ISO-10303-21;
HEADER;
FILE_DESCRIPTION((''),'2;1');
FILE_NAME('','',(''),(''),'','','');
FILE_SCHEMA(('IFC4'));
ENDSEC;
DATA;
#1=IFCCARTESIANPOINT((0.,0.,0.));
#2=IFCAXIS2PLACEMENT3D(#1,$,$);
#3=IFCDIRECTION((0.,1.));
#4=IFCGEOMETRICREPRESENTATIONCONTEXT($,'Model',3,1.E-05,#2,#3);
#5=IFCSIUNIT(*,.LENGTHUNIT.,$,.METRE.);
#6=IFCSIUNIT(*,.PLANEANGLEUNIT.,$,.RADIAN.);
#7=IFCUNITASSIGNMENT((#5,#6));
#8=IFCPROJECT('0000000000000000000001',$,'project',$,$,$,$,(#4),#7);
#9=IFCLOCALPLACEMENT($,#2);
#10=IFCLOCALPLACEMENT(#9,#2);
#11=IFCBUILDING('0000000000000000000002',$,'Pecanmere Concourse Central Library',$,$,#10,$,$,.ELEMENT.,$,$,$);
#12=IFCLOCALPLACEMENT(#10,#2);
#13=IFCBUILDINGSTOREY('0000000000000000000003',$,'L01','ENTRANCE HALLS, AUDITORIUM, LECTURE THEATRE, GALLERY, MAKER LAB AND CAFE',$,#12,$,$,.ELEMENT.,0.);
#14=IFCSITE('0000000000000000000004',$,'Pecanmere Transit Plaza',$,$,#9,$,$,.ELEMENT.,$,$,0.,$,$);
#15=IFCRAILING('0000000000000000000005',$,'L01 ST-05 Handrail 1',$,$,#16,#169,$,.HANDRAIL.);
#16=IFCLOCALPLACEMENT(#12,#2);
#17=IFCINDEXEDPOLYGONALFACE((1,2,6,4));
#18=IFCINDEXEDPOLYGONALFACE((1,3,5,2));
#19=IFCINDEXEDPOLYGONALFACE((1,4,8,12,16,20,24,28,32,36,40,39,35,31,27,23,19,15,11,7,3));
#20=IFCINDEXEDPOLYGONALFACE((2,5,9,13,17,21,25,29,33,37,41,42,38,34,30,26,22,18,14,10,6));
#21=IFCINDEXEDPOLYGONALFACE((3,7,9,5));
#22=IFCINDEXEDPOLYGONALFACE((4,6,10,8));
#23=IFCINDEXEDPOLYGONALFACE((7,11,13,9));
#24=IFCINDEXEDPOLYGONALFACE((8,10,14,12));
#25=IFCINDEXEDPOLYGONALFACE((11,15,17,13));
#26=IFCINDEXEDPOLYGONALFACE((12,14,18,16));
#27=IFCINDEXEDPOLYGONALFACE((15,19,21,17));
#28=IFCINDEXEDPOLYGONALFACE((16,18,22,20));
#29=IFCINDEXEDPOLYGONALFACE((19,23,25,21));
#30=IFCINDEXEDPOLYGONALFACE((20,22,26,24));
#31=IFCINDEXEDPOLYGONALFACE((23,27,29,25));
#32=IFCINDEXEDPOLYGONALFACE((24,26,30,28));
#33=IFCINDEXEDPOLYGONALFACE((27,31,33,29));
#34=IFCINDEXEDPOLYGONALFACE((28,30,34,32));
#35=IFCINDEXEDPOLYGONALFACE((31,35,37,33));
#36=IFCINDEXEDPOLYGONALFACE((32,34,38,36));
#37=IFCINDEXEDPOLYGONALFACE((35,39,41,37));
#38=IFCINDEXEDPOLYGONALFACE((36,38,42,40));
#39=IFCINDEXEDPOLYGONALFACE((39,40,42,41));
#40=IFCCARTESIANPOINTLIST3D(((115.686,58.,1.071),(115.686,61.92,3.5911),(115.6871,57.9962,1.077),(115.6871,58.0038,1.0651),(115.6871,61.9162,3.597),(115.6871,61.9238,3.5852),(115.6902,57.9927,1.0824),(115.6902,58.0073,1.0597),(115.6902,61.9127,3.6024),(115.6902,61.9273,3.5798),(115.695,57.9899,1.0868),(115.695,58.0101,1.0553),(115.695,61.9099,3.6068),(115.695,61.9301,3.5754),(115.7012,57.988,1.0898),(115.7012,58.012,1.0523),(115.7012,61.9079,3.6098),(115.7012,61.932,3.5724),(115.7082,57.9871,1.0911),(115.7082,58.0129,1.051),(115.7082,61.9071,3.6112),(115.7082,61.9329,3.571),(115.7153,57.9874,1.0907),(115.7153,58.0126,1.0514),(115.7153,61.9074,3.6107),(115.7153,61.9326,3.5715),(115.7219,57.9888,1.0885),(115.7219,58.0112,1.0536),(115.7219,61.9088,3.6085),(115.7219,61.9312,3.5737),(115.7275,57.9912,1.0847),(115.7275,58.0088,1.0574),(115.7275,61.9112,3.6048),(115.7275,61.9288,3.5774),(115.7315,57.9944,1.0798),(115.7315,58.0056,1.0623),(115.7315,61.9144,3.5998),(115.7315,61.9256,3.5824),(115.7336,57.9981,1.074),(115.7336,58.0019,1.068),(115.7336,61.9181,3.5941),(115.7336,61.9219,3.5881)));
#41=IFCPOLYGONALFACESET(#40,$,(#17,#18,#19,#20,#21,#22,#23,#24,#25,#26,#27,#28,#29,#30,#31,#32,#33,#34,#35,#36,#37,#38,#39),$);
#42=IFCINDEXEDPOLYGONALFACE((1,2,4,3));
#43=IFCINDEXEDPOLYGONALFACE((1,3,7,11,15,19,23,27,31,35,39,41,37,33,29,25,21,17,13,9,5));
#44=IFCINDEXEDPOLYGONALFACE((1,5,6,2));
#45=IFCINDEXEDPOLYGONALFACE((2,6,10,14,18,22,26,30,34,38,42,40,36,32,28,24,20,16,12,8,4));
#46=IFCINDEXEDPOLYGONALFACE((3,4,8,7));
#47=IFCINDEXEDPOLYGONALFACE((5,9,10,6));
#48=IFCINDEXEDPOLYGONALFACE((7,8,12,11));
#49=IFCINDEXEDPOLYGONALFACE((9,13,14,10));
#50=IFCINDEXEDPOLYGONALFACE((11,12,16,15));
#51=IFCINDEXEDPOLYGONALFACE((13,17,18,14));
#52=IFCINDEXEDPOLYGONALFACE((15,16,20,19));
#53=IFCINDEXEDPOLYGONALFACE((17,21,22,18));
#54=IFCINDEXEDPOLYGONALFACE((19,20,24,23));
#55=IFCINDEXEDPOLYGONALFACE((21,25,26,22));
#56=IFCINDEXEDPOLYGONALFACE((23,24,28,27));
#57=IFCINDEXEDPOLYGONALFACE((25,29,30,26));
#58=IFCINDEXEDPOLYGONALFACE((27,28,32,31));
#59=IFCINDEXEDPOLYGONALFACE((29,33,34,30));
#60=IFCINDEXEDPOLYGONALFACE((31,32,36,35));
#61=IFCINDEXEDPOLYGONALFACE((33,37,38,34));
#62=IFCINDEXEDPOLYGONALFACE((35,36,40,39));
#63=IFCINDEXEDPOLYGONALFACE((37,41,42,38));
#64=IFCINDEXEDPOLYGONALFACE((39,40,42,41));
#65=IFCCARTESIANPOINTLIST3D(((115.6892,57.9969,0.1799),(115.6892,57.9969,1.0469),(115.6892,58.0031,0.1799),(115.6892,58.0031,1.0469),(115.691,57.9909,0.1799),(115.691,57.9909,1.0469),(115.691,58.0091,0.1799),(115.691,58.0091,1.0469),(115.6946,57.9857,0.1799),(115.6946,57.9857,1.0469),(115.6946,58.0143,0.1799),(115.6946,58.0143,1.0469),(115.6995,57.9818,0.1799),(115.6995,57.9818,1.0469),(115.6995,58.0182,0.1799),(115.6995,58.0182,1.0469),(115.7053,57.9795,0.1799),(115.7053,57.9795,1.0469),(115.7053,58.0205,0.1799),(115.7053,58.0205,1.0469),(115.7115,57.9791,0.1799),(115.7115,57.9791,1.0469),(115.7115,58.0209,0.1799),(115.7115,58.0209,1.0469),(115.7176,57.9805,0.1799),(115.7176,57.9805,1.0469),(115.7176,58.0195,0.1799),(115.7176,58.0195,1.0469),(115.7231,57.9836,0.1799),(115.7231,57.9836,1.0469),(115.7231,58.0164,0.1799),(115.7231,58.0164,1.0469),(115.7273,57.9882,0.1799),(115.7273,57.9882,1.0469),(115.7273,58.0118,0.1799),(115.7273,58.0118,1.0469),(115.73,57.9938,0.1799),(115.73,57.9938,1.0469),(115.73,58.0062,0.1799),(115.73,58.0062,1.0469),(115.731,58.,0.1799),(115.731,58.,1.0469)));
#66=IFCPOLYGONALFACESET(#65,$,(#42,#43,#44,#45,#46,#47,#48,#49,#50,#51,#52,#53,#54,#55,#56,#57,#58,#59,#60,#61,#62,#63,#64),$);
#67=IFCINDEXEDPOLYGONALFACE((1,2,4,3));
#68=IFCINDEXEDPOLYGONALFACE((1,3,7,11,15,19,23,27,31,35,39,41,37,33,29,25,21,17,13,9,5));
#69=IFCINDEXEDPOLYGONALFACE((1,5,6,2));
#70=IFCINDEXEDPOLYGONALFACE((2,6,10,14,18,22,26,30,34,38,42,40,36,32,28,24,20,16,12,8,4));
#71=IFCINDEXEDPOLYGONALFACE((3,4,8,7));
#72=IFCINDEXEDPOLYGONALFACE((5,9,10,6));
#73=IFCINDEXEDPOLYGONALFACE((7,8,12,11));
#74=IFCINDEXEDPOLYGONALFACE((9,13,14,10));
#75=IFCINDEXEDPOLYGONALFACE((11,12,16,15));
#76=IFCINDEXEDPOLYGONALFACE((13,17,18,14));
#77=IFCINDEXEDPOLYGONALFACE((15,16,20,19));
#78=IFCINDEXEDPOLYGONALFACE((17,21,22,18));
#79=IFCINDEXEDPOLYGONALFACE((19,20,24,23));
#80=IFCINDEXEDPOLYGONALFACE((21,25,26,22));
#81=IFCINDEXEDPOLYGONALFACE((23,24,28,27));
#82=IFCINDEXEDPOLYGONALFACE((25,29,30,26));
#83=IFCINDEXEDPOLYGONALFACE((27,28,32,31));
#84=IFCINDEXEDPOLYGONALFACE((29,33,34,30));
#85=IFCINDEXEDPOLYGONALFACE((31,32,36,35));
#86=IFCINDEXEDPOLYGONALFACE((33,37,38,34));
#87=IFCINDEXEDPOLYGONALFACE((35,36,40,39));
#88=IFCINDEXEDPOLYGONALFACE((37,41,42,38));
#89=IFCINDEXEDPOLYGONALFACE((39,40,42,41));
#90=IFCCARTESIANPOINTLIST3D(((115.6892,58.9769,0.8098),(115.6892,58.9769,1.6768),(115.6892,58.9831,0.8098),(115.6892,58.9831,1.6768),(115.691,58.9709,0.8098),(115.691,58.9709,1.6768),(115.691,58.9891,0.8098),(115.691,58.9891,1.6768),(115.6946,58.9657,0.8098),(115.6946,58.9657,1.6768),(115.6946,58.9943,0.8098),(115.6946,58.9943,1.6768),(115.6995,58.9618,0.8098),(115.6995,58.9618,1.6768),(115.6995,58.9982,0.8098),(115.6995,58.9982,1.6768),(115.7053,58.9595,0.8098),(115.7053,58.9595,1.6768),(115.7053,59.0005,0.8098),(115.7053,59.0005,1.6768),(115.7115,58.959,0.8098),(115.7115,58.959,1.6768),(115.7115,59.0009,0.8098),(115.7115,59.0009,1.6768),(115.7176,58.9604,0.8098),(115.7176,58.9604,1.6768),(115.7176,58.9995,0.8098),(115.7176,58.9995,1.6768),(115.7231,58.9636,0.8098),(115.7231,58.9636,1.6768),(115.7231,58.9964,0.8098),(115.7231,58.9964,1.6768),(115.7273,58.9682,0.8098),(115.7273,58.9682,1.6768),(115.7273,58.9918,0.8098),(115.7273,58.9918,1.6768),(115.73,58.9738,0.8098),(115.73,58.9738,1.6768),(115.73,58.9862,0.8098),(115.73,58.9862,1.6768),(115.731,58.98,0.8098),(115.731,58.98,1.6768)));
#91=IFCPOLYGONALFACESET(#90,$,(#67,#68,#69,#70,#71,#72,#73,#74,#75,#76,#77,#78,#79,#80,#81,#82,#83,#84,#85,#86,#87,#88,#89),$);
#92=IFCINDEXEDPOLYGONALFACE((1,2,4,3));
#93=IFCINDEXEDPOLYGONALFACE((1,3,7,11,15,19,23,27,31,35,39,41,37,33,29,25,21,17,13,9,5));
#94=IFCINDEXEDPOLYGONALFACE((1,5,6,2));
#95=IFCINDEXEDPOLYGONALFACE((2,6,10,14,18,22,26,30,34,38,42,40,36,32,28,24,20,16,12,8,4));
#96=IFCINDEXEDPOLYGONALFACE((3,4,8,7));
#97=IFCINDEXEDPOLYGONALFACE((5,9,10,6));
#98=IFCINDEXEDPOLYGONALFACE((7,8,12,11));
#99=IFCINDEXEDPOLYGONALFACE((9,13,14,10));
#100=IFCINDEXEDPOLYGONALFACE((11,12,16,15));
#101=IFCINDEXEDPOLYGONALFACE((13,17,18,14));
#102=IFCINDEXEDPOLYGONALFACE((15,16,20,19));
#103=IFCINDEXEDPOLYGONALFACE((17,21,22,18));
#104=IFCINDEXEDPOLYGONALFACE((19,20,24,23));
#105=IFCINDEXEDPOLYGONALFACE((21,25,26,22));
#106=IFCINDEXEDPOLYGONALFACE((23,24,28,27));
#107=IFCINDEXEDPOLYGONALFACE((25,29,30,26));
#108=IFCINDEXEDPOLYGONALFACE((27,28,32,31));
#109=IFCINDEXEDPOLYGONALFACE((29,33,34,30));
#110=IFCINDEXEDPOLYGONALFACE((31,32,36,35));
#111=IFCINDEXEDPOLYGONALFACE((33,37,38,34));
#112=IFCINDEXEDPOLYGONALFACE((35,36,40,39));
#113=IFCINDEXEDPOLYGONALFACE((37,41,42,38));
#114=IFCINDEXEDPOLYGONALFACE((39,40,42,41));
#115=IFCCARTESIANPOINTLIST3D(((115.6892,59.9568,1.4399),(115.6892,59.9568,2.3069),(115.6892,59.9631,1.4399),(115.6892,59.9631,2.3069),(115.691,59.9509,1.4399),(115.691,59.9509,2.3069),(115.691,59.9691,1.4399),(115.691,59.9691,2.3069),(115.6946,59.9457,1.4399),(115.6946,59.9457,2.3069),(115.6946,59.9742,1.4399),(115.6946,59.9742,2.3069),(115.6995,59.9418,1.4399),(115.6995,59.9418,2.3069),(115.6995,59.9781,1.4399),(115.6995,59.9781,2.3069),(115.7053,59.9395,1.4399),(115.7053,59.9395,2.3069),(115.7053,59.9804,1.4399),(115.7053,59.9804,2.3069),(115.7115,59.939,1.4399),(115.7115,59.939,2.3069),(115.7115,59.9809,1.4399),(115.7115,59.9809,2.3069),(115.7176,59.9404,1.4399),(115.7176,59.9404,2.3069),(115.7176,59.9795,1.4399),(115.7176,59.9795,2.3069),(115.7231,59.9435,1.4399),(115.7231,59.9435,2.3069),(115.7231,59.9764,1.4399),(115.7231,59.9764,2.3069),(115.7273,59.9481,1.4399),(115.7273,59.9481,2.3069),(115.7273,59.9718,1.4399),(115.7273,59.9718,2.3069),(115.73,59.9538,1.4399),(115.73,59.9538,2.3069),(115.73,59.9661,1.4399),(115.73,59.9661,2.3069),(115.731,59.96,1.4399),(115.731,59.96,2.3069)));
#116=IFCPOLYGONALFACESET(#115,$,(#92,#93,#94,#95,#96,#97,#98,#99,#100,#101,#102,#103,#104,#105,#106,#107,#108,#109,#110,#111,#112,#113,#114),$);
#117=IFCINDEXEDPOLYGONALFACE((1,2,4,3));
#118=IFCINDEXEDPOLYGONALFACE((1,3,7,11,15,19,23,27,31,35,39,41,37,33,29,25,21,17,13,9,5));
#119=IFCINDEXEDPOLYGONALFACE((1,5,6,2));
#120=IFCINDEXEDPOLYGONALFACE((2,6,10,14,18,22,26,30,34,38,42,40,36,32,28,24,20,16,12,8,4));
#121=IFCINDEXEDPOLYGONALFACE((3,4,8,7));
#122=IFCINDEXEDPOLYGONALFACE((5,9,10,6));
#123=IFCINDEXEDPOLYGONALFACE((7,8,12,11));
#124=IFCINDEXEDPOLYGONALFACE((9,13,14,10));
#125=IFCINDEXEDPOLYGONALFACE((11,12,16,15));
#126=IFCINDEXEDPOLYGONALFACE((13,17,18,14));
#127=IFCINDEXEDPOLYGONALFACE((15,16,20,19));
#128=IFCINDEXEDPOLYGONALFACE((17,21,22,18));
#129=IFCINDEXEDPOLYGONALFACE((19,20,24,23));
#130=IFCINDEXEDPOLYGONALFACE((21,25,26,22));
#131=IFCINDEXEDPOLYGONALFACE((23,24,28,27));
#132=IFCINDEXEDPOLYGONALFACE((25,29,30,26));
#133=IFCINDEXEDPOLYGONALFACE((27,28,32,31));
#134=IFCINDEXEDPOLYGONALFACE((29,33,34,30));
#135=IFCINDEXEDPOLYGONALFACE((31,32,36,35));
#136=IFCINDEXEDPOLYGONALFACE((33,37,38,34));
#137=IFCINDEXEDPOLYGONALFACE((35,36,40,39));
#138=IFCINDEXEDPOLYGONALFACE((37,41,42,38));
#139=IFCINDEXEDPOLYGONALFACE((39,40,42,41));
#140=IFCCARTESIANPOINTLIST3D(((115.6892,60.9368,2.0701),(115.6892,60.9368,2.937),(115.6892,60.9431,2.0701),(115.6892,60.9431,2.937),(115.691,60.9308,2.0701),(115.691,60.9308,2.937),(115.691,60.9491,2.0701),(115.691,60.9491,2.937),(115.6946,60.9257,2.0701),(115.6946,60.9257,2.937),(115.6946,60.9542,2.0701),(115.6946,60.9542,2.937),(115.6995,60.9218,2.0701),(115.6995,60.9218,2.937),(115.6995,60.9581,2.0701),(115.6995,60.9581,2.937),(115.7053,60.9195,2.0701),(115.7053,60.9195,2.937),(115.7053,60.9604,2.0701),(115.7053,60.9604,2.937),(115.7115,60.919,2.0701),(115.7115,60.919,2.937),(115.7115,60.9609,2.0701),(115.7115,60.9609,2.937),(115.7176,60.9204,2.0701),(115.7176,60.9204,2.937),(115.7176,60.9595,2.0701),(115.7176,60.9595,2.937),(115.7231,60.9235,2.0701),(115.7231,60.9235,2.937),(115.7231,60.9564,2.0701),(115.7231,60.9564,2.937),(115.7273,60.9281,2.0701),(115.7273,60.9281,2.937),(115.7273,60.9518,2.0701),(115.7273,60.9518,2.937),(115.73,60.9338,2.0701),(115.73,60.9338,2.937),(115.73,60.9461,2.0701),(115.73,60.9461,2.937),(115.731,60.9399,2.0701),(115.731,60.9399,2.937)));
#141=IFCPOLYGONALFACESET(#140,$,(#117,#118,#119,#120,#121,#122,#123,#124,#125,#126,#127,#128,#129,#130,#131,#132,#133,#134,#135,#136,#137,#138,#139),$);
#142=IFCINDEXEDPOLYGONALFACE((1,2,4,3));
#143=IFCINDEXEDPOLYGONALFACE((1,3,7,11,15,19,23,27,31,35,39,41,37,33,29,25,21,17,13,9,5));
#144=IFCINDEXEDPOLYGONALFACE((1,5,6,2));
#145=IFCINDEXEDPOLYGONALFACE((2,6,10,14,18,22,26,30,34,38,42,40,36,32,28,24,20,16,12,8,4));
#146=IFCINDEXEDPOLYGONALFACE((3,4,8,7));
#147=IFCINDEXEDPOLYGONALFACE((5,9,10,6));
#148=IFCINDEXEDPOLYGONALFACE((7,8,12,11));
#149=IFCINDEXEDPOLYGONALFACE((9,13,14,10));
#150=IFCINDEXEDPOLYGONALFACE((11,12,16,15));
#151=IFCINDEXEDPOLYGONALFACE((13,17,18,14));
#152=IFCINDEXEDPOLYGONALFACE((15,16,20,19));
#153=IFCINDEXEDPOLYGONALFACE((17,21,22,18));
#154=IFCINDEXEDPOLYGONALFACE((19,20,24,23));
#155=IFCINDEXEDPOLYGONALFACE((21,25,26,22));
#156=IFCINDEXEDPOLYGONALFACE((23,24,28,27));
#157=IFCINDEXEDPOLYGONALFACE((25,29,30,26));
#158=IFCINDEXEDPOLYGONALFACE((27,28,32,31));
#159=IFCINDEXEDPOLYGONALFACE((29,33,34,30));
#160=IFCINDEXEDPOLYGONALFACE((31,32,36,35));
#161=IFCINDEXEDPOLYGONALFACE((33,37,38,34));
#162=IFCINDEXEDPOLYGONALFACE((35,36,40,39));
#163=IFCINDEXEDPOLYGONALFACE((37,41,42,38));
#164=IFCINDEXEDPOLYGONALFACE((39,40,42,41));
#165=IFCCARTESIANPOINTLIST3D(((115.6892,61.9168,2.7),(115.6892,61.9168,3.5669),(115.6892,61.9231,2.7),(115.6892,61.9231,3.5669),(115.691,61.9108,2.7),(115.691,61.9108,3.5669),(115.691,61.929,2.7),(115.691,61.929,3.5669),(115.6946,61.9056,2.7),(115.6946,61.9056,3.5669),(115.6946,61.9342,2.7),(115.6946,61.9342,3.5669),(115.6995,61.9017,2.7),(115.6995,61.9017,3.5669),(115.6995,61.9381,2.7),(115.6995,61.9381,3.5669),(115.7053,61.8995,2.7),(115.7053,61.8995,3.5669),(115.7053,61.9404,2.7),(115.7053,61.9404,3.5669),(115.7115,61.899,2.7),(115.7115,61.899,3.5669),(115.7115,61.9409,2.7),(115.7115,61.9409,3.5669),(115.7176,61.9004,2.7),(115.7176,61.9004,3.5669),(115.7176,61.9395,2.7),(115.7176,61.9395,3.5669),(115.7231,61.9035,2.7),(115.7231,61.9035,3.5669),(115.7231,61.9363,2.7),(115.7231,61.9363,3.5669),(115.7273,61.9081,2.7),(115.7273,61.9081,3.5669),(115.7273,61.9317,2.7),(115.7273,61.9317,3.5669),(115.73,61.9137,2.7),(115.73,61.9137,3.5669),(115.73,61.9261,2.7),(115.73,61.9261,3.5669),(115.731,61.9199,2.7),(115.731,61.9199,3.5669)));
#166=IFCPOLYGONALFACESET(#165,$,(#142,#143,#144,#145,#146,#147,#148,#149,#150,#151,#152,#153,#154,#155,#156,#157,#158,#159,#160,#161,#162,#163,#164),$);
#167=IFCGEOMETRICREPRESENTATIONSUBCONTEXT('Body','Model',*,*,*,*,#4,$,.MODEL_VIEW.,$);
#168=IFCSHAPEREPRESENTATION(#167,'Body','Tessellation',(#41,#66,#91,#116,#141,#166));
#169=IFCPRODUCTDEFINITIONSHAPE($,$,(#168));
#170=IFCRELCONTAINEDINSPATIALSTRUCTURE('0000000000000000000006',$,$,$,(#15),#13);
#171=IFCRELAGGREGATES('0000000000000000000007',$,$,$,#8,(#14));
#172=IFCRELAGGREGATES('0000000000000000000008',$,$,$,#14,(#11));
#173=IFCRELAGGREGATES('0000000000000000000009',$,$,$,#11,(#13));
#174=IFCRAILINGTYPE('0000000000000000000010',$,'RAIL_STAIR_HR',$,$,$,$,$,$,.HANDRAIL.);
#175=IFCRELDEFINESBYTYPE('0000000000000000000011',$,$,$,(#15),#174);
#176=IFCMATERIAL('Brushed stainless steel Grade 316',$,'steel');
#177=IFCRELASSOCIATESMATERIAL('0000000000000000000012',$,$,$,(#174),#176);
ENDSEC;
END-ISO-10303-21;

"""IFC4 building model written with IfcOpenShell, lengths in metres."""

from ifc_helpers import new_model, si_unit, direction, frame, origin, origin_2d, place, context, subcontext, project, spatial, circle, extrude, material, type_object, element, save


model = new_model("IFC4")

# Units and contexts
model_context = context("Model", 3, precision=1e-05, world=origin(), true_north=direction((0.0, 1.0)))
body_context = subcontext(model_context, "Body", "Model", "MODEL_VIEW")
ifc_project = project(units=[si_unit("LENGTHUNIT", "METRE"), si_unit("PLANEANGLEUNIT", "RADIAN")], contexts=[model_context])

# Site, building, storey
site_placement = place(None, origin())
site = spatial("IfcSite", under=ifc_project, at=site_placement, Name="Pecanmere Transit Plaza", CompositionType="ELEMENT", RefElevation=0.0)
building_placement = place(site_placement, origin())
building = spatial("IfcBuilding", under=site, at=building_placement, Name="Pecanmere Concourse Central Library", CompositionType="ELEMENT")
storey_placement = place(building_placement, origin())
storey = spatial("IfcBuildingStorey", under=building, at=storey_placement, Name="L01", Description="ENTRANCE HALLS, AUDITORIUM, LECTURE THEATRE, GALLERY, MAKER LAB AND CAFE", CompositionType="ELEMENT", Elevation=0.0)

# Railing
ifc_material_1 = material(Name="Brushed stainless steel Grade 316", Category="steel")
railing_type_1 = type_object("IfcRailingType", Name="RAIL_STAIR_HR", PredefinedType="HANDRAIL", material=ifc_material_1)
railing_1_placement = place(storey_placement, frame((115.71, 58.0, 0.1799)))
element("IfcRailing", 1, at=railing_1_placement, inside=storey, type_object=railing_type_1, Name="L01 ST-05 Handrail 1", PredefinedType="HANDRAIL", context=body_context, shape_type="SweptSolid", body=[
    extrude(circle(Radius=0.0239, at=origin_2d()), frame((0.0, 0.0, 0.8911), z_axis=(0.0, 0.841172, 0.540768), x_axis=(-1.0, 0.0, 0.0)), (0.0, 0.0, 1.0), 4.6602),
    extrude(circle(Radius=0.021, at=origin_2d()), origin(), (0.0, 0.0, 1.0), 0.8669),
    extrude(circle(Radius=0.021, at=origin_2d()), frame((0.0, 0.98, 0.6299)), (0.0, 0.0, 1.0), 0.8669),
    extrude(circle(Radius=0.021, at=origin_2d()), frame((0.0, 1.96, 1.26)), (0.0, 0.0, 1.0), 0.8669),
    extrude(circle(Radius=0.021, at=origin_2d()), frame((0.0, 2.9399, 1.8901)), (0.0, 0.0, 1.0), 0.8669),
    extrude(circle(Radius=0.021, at=origin_2d()), frame((0.0, 3.9199, 2.52)), (0.0, 0.0, 1.0), 0.8669),
])

save(model, "model.ifc")
